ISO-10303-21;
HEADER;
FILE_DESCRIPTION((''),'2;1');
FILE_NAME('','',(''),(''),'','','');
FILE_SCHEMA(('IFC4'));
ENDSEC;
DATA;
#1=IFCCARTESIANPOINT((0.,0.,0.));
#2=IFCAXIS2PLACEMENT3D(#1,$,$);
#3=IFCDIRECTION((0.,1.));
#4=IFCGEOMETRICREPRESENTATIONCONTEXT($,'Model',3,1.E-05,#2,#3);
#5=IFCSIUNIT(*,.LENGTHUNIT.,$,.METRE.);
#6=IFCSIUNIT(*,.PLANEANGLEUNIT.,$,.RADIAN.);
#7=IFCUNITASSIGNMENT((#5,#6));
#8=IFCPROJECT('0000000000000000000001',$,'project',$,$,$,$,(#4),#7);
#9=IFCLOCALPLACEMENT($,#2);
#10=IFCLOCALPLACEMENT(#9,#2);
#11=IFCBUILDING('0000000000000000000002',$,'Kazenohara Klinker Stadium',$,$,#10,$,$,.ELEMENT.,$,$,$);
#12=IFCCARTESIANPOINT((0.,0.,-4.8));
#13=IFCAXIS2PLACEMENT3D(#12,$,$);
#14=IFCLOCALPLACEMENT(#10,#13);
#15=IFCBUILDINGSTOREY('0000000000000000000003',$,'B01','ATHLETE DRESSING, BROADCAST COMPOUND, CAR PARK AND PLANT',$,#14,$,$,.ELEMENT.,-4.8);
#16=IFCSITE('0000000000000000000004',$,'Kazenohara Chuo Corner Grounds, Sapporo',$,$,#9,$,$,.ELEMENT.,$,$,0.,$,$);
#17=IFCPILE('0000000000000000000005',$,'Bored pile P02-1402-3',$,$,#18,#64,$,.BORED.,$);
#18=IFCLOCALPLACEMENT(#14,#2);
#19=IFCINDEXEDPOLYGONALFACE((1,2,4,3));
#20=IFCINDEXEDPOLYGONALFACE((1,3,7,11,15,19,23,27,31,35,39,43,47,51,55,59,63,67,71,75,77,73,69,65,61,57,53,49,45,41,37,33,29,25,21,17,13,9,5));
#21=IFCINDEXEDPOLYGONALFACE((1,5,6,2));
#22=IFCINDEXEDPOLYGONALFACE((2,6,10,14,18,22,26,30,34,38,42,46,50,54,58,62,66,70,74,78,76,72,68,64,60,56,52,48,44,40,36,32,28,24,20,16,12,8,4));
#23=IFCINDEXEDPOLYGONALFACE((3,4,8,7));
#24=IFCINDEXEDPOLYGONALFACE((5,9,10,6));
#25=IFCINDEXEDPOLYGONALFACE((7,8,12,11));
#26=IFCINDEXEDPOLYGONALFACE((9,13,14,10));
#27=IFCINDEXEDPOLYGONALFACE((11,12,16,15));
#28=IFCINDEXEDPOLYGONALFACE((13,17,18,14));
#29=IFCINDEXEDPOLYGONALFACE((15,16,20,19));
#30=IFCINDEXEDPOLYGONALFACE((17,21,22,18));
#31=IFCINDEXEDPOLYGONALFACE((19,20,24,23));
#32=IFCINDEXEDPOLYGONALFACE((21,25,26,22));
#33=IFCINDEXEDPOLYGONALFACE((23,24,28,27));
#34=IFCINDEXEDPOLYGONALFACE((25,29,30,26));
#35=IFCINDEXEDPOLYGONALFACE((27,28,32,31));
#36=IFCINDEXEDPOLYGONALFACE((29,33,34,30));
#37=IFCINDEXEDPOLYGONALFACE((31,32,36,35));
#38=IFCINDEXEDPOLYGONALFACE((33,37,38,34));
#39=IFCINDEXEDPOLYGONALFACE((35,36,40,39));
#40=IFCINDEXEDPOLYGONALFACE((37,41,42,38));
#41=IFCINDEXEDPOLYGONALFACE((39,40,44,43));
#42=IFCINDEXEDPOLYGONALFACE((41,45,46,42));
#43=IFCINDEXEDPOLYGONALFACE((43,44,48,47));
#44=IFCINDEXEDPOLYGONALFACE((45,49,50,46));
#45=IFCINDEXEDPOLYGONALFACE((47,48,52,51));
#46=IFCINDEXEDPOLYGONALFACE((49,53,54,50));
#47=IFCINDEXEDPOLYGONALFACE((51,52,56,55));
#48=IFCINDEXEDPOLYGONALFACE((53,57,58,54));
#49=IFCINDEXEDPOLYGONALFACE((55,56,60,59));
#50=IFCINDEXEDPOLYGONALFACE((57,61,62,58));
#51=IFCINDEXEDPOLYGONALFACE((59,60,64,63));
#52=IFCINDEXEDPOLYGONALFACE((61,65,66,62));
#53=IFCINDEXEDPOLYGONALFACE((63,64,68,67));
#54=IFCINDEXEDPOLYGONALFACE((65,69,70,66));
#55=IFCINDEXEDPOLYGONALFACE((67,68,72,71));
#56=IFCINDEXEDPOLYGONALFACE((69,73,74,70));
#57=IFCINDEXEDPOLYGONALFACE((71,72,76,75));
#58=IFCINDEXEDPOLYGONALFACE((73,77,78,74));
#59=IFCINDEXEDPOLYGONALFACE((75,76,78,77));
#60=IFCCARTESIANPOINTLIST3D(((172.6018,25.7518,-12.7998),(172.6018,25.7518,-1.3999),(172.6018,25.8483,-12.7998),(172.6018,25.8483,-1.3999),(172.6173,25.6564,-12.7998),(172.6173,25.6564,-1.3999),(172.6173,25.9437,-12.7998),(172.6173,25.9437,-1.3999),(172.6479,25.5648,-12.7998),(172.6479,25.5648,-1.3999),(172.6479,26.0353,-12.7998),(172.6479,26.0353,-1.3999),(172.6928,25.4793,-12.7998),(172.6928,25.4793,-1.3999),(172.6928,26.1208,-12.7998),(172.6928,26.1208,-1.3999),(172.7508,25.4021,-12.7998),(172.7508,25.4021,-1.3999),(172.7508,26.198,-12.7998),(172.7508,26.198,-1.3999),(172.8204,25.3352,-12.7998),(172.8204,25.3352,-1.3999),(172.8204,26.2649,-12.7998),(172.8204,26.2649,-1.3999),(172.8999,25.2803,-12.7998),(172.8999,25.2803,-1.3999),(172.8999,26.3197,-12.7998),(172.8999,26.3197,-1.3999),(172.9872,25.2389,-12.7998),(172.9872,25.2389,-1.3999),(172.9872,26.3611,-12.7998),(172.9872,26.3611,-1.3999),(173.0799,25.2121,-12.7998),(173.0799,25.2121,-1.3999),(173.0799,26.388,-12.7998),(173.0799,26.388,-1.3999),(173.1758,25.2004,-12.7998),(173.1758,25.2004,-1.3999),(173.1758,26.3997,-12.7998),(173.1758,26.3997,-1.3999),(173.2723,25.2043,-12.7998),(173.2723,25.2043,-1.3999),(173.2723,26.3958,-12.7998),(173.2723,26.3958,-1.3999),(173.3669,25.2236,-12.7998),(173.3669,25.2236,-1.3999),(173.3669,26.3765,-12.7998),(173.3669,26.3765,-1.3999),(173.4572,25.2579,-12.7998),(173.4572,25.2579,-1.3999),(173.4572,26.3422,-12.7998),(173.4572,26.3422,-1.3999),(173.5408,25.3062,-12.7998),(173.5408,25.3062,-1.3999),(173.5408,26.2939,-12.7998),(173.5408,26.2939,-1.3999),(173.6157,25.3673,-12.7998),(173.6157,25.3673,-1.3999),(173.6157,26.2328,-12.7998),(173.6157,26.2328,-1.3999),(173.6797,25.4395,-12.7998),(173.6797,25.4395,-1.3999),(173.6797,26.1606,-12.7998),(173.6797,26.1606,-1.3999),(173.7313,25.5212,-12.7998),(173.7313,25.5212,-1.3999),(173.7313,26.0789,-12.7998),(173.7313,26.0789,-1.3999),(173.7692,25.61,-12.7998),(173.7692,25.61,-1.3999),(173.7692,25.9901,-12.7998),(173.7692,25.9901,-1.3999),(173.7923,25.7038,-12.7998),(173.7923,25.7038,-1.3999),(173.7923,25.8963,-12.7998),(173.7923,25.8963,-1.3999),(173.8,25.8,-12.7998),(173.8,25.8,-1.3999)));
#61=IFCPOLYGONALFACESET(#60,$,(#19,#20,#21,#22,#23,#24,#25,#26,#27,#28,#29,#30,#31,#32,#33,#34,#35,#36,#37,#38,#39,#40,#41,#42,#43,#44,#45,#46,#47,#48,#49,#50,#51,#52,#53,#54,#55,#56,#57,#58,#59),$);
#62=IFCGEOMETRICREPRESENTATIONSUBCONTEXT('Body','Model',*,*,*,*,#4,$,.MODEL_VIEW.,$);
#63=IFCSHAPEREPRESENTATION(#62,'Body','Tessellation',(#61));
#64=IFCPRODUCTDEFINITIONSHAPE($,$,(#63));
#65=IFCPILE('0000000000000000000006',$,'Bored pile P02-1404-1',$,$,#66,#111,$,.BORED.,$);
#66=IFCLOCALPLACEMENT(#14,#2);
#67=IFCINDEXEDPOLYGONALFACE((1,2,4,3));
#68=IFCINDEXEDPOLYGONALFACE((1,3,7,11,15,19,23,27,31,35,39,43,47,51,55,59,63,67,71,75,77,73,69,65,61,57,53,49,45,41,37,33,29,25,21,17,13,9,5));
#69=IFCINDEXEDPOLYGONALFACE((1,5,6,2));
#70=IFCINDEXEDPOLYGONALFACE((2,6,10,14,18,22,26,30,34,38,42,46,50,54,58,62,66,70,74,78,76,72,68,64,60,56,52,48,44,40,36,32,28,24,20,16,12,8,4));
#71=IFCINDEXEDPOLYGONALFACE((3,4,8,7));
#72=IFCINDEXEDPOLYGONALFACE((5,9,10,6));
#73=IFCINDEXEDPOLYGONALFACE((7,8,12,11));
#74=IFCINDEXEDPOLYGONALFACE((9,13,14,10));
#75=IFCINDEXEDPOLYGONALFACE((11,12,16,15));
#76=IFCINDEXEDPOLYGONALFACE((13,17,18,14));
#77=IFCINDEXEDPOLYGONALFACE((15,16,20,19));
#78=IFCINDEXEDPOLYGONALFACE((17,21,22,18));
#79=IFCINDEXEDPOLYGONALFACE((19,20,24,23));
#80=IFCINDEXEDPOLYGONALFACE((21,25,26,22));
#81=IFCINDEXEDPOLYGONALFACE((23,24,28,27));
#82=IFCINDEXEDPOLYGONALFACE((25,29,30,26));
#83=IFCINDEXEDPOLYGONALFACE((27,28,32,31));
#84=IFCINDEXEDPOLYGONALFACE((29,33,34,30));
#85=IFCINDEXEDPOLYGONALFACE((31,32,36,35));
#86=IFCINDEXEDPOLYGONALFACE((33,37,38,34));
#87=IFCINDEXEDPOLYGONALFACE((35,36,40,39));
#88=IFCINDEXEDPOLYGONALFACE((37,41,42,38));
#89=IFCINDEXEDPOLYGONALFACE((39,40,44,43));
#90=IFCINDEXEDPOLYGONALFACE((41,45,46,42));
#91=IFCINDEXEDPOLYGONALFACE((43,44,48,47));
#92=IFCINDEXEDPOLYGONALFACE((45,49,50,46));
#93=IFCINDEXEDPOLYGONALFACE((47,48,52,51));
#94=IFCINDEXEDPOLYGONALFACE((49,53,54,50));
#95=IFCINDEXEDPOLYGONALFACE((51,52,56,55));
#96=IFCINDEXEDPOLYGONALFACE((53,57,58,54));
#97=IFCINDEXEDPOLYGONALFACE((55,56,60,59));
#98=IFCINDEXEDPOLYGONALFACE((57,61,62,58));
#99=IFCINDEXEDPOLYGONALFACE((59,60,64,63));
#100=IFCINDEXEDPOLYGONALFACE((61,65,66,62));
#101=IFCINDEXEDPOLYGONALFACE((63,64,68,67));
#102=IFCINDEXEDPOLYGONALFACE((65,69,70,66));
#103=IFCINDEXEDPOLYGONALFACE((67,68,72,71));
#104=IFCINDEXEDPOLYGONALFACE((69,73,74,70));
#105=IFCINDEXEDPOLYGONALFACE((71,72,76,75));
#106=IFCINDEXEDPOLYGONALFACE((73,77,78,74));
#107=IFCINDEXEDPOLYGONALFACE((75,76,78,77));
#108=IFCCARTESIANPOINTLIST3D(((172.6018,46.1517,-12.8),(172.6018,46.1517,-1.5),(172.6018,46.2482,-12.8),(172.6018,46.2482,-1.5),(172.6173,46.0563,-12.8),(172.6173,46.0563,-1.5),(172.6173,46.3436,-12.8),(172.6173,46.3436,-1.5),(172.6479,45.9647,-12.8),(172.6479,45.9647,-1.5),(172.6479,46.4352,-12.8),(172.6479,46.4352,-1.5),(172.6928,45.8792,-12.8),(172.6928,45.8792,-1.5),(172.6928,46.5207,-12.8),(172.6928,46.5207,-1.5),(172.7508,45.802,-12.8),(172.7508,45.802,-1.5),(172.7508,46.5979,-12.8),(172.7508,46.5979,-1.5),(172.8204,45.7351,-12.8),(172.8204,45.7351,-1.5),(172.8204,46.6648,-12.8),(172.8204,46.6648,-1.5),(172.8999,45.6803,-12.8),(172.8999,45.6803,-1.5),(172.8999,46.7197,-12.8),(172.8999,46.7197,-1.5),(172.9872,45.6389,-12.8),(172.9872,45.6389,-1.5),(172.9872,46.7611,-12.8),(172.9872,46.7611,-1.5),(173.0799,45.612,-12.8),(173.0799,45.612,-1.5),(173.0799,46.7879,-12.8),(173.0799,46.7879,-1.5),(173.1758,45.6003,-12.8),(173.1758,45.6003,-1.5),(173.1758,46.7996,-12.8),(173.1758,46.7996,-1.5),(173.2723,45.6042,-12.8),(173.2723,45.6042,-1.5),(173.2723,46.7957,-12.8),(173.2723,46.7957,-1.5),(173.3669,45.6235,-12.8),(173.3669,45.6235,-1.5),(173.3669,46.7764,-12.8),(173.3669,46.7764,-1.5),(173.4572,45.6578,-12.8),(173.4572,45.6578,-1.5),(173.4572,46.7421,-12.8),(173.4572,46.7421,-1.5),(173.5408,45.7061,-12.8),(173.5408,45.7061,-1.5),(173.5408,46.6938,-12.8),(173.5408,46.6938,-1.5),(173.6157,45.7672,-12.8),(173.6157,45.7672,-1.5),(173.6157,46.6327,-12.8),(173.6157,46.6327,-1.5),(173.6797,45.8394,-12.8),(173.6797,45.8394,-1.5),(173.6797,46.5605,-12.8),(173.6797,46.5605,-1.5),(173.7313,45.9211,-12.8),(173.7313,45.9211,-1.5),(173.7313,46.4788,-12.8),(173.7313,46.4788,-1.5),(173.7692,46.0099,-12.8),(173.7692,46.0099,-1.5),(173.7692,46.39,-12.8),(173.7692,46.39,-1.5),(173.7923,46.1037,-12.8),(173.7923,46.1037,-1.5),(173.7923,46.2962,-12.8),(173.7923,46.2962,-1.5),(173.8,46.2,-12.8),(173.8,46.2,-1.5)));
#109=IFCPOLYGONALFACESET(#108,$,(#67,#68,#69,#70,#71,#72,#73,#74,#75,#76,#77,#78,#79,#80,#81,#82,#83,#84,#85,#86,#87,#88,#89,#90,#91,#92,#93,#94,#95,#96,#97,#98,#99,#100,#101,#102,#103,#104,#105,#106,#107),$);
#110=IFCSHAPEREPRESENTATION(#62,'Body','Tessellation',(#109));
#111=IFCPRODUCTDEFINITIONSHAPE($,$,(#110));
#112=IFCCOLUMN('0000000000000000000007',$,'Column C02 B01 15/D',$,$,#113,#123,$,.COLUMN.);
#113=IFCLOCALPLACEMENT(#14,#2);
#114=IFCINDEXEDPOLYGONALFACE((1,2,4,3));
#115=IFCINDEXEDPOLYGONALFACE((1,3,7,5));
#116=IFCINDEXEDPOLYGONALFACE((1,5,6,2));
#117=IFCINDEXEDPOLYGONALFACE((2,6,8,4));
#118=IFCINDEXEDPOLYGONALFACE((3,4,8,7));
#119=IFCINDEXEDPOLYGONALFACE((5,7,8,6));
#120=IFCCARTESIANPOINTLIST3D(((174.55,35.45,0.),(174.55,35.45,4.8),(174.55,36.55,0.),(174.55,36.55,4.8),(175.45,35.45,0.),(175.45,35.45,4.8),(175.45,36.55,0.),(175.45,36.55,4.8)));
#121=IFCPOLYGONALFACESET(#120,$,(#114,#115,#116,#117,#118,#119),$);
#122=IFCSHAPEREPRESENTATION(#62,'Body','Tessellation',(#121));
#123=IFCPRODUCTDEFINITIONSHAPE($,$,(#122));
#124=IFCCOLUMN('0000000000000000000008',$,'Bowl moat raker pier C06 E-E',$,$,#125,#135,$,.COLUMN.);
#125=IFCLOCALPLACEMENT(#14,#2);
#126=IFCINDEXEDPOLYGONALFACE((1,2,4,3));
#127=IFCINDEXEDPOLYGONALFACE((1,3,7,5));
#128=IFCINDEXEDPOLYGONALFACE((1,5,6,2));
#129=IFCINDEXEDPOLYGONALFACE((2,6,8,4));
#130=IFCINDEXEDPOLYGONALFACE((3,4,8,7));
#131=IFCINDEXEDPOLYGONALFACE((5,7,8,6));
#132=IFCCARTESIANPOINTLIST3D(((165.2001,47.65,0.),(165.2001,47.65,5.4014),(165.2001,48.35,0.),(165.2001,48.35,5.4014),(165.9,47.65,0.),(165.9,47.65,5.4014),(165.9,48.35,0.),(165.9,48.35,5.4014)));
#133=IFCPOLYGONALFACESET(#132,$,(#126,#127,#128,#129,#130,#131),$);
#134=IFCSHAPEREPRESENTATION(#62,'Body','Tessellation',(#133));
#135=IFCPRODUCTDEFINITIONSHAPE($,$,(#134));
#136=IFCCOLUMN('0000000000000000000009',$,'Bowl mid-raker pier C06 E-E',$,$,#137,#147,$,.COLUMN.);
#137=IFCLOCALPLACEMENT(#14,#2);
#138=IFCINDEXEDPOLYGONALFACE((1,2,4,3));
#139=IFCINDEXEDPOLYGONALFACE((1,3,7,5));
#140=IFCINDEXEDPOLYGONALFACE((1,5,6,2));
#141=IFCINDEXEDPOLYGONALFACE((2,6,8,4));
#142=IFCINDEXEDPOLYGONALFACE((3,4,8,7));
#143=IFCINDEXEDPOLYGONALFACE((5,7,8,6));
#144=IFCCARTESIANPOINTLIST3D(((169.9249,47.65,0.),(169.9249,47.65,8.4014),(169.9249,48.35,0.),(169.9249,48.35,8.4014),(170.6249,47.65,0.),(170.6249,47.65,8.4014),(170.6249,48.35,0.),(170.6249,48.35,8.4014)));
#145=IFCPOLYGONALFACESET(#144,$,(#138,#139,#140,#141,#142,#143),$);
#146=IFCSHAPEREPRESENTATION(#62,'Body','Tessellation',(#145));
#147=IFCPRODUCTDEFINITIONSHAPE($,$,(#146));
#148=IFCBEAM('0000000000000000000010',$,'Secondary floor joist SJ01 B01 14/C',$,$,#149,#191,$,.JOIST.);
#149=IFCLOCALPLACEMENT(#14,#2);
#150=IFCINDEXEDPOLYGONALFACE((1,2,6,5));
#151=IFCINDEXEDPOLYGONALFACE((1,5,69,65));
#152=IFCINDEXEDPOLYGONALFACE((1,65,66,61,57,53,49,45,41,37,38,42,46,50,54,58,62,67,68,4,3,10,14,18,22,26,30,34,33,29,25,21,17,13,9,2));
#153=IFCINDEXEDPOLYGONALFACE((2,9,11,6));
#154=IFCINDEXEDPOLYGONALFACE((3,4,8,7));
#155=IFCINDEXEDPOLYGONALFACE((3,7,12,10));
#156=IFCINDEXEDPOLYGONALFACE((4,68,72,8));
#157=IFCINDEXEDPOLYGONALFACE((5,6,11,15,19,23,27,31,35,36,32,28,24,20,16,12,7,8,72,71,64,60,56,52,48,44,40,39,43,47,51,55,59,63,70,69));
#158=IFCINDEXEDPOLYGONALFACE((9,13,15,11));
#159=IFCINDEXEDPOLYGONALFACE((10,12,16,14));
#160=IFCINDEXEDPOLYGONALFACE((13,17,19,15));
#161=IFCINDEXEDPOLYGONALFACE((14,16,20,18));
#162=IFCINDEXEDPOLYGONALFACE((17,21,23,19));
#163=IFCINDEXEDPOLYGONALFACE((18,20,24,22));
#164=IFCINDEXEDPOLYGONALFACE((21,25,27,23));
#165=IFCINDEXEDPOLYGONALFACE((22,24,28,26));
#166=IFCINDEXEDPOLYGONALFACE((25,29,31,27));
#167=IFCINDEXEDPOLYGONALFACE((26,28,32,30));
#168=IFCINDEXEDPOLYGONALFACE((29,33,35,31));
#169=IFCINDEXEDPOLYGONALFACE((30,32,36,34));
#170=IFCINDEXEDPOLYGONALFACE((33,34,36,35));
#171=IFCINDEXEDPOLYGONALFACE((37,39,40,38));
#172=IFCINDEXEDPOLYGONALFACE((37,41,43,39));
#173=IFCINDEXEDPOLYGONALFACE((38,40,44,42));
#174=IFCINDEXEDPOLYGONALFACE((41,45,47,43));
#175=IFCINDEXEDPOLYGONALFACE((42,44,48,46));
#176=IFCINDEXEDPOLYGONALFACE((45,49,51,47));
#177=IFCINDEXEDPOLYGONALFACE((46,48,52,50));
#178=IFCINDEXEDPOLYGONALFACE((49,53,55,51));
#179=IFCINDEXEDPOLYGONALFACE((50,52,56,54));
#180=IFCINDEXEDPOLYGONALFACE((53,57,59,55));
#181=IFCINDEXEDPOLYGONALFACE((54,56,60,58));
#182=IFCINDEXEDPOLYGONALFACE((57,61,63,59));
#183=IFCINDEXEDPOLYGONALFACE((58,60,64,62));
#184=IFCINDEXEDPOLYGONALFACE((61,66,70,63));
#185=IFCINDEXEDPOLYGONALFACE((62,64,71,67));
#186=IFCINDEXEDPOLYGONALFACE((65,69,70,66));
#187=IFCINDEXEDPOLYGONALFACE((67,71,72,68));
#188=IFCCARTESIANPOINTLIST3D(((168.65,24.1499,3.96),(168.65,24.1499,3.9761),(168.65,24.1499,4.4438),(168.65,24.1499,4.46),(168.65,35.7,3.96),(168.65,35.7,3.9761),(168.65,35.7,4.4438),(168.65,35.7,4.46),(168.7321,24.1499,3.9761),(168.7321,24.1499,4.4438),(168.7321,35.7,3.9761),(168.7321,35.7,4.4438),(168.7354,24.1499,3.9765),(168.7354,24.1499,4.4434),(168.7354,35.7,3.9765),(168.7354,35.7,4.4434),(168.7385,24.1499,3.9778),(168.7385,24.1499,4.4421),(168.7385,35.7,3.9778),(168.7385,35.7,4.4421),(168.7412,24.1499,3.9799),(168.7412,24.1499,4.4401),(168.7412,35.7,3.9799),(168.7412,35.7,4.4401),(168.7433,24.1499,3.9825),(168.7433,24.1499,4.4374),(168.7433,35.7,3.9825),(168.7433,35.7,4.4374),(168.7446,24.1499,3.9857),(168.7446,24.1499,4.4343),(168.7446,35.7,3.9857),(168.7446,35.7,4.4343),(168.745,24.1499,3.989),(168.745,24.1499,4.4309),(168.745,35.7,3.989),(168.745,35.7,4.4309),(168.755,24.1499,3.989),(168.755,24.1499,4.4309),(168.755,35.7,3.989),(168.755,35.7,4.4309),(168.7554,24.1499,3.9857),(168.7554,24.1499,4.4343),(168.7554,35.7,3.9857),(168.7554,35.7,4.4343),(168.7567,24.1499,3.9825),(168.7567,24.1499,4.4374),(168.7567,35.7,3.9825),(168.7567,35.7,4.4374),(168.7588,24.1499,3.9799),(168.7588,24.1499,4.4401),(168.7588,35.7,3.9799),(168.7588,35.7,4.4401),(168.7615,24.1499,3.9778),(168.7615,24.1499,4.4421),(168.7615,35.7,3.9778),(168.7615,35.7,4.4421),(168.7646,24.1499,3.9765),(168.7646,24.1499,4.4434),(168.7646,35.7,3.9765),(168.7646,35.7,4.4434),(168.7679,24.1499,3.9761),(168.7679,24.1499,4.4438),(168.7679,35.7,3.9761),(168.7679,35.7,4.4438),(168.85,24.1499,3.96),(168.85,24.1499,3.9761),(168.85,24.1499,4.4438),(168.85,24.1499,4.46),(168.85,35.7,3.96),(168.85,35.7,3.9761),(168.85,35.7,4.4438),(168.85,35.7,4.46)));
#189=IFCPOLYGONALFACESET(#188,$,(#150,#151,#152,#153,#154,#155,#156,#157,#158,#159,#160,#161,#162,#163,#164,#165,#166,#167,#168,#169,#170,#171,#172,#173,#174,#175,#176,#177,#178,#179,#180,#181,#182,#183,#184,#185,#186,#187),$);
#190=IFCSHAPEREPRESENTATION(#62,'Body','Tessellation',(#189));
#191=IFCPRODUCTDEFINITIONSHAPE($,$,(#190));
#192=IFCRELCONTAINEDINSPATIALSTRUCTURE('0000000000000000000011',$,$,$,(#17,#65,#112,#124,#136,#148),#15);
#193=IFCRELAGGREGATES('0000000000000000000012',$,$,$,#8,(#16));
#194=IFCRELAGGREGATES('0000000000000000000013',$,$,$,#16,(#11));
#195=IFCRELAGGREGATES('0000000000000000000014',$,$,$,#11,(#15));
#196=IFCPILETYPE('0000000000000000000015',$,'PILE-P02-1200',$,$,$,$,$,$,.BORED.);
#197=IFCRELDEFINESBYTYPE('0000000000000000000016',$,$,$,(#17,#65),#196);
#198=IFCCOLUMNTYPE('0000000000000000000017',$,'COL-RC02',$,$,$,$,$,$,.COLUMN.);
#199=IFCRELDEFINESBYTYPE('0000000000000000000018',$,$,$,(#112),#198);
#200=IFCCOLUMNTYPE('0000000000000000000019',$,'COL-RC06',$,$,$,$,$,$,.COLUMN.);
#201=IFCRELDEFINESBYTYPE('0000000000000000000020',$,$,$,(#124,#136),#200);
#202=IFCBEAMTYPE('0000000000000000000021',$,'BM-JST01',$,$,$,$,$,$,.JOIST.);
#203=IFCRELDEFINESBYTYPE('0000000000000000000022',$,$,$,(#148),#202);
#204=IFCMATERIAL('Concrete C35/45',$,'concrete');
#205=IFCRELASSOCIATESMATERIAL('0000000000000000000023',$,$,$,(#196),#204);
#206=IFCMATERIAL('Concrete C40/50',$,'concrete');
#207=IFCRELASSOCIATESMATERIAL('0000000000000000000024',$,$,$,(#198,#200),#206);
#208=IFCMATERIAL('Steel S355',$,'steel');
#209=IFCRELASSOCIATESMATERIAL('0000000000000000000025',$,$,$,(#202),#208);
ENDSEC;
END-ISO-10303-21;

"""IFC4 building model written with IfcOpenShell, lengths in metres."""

from ifc_helpers import new_model, si_unit, direction, frame, origin, origin_2d, place, context, subcontext, project, spatial, rectangle, circle, i_section, extrude, material, material_profile, profile_set, type_object, element, save


model = new_model("IFC4")

# Units and contexts
model_context = context("Model", 3, precision=1e-05, world=origin(), true_north=direction((0.0, 1.0)))
body_context = subcontext(model_context, "Body", "Model", "MODEL_VIEW")
ifc_project = project(units=[si_unit("LENGTHUNIT", "METRE"), si_unit("PLANEANGLEUNIT", "RADIAN")], contexts=[model_context])

# Site, building, storey
site_placement = place(None, origin())
site = spatial("IfcSite", under=ifc_project, at=site_placement, Name="Kazenohara Chuo Corner Grounds, Sapporo", CompositionType="ELEMENT", RefElevation=0.0)
building_placement = place(site_placement, origin())
building = spatial("IfcBuilding", under=site, at=building_placement, Name="Kazenohara Klinker Stadium", CompositionType="ELEMENT")
storey_placement = place(building_placement, frame((0.0, 0.0, -4.8)))
storey = spatial("IfcBuildingStorey", under=building, at=storey_placement, Name="B01", Description="ATHLETE DRESSING, BROADCAST COMPOUND, CAR PARK AND PLANT", CompositionType="ELEMENT", Elevation=-4.8)

# Shared definitions
ifc_material_1 = material(Name="Concrete C35/45", Category="concrete")

# Piles
ifc_material_profile_1 = material_profile(ifc_material_1, circle(Radius=0.6001, at=origin_2d()), Name="BORED-PILE-1200")
ifc_profile_set_1 = profile_set([ifc_material_profile_1], Name="Concrete C35/45")
pile_type_1 = type_object("IfcPileType", Name="PILE-P02-1200", PredefinedType="BORED", material=ifc_profile_set_1)
pile_1_placement = place(storey_placement, frame((173.2, 25.8, -1.3999), z_axis=(0.0, 0.0, -1.0), x_axis=(1.0, 0.0, 0.0)))
element("IfcPile", 1, at=pile_1_placement, inside=storey, type_object=pile_type_1, Name="Bored pile P02-1402-3", PredefinedType="BORED", context=body_context, shape_type="SweptSolid", body=[
    extrude(circle(Radius=0.6001, at=origin_2d()), origin(), (0.0, 0.0, 1.0), 11.3999),
])
pile_2_placement = place(storey_placement, frame((173.2, 46.2, -1.5), z_axis=(0.0, 0.0, -1.0), x_axis=(1.0, 0.0, 0.0)))
element("IfcPile", 2, at=pile_2_placement, inside=storey, type_object=pile_type_1, Name="Bored pile P02-1404-1", PredefinedType="BORED", context=body_context, shape_type="SweptSolid", body=[
    extrude(circle(Radius=0.6001, at=origin_2d()), origin(), (0.0, 0.0, 1.0), 11.3),
])

# Columns
ifc_material_2 = material(Name="Concrete C40/50", Category="concrete")
ifc_material_profile_2 = material_profile(ifc_material_2, rectangle(XDim=0.8999, YDim=1.1001, at=origin_2d()), Name="RC-COL-1100x900")
ifc_profile_set_2 = profile_set([ifc_material_profile_2], Name="Concrete C40/50")
column_type_1 = type_object("IfcColumnType", Name="COL-RC02", PredefinedType="COLUMN", material=ifc_profile_set_2)
column_1_placement = place(storey_placement, frame((175.0, 36.0, 0.0), z_axis=(0.0, 0.0, 1.0), x_axis=(1.0, 0.0, 0.0)))
element("IfcColumn", 3, at=column_1_placement, inside=storey, type_object=column_type_1, Name="Column C02 B01 15/D", PredefinedType="COLUMN", context=body_context, shape_type="SweptSolid", body=[
    extrude(rectangle(XDim=0.8999, YDim=1.1001, at=origin_2d()), origin(), (0.0, 0.0, 1.0), 4.8),
])
ifc_material_profile_3 = material_profile(ifc_material_2, rectangle(XDim=0.7, YDim=0.7, at=origin_2d()), Name="RC-COL-700x700")
ifc_profile_set_3 = profile_set([ifc_material_profile_3], Name="Concrete C40/50")
column_type_2 = type_object("IfcColumnType", Name="COL-RC06", PredefinedType="COLUMN", material=ifc_profile_set_3)
column_2_placement = place(storey_placement, frame((165.55, 48.0, 0.0), z_axis=(0.0, 0.0, 1.0), x_axis=(1.0, 0.0, 0.0)))
element("IfcColumn", 4, at=column_2_placement, inside=storey, type_object=column_type_2, Name="Bowl moat raker pier C06 E-E", PredefinedType="COLUMN", context=body_context, shape_type="SweptSolid", body=[
    extrude(rectangle(XDim=0.7, YDim=0.7, at=origin_2d()), origin(), (0.0, 0.0, 1.0), 5.4014),
])
column_3_placement = place(storey_placement, frame((170.2749, 48.0, 0.0), z_axis=(0.0, 0.0, 1.0), x_axis=(1.0, 0.0, 0.0)))
element("IfcColumn", 5, at=column_3_placement, inside=storey, type_object=column_type_2, Name="Bowl mid-raker pier C06 E-E", PredefinedType="COLUMN", context=body_context, shape_type="SweptSolid", body=[
    extrude(rectangle(XDim=0.7, YDim=0.7, at=origin_2d()), origin(), (0.0, 0.0, 1.0), 8.4014),
])

# Beam
ifc_material_3 = material(Name="Steel S355", Category="steel")
ifc_material_profile_4 = material_profile(ifc_material_3, i_section(OverallWidth=0.2, OverallDepth=0.5, WebThickness=0.01, FlangeThickness=0.0161, FilletRadius=0.0129, at=origin_2d()), Name="H-500x200x10x16")
ifc_profile_set_4 = profile_set([ifc_material_profile_4], Name="Steel S355")
beam_type_1 = type_object("IfcBeamType", Name="BM-JST01", PredefinedType="JOIST", material=ifc_profile_set_4)
beam_1_placement = place(storey_placement, frame((168.75, 24.1499, 4.21), z_axis=(0.0, 1.0, 0.0), x_axis=(-1.0, 0.0, 0.0)))
element("IfcBeam", 6, at=beam_1_placement, inside=storey, type_object=beam_type_1, Name="Secondary floor joist SJ01 B01 14/C", PredefinedType="JOIST", context=body_context, shape_type="SweptSolid", body=[
    extrude(i_section(OverallWidth=0.2, OverallDepth=0.5, WebThickness=0.01, FlangeThickness=0.0161, FilletRadius=0.0129, at=origin_2d()), origin(), (0.0, 0.0, 1.0), 11.55),
])

save(model, "model.ifc")
